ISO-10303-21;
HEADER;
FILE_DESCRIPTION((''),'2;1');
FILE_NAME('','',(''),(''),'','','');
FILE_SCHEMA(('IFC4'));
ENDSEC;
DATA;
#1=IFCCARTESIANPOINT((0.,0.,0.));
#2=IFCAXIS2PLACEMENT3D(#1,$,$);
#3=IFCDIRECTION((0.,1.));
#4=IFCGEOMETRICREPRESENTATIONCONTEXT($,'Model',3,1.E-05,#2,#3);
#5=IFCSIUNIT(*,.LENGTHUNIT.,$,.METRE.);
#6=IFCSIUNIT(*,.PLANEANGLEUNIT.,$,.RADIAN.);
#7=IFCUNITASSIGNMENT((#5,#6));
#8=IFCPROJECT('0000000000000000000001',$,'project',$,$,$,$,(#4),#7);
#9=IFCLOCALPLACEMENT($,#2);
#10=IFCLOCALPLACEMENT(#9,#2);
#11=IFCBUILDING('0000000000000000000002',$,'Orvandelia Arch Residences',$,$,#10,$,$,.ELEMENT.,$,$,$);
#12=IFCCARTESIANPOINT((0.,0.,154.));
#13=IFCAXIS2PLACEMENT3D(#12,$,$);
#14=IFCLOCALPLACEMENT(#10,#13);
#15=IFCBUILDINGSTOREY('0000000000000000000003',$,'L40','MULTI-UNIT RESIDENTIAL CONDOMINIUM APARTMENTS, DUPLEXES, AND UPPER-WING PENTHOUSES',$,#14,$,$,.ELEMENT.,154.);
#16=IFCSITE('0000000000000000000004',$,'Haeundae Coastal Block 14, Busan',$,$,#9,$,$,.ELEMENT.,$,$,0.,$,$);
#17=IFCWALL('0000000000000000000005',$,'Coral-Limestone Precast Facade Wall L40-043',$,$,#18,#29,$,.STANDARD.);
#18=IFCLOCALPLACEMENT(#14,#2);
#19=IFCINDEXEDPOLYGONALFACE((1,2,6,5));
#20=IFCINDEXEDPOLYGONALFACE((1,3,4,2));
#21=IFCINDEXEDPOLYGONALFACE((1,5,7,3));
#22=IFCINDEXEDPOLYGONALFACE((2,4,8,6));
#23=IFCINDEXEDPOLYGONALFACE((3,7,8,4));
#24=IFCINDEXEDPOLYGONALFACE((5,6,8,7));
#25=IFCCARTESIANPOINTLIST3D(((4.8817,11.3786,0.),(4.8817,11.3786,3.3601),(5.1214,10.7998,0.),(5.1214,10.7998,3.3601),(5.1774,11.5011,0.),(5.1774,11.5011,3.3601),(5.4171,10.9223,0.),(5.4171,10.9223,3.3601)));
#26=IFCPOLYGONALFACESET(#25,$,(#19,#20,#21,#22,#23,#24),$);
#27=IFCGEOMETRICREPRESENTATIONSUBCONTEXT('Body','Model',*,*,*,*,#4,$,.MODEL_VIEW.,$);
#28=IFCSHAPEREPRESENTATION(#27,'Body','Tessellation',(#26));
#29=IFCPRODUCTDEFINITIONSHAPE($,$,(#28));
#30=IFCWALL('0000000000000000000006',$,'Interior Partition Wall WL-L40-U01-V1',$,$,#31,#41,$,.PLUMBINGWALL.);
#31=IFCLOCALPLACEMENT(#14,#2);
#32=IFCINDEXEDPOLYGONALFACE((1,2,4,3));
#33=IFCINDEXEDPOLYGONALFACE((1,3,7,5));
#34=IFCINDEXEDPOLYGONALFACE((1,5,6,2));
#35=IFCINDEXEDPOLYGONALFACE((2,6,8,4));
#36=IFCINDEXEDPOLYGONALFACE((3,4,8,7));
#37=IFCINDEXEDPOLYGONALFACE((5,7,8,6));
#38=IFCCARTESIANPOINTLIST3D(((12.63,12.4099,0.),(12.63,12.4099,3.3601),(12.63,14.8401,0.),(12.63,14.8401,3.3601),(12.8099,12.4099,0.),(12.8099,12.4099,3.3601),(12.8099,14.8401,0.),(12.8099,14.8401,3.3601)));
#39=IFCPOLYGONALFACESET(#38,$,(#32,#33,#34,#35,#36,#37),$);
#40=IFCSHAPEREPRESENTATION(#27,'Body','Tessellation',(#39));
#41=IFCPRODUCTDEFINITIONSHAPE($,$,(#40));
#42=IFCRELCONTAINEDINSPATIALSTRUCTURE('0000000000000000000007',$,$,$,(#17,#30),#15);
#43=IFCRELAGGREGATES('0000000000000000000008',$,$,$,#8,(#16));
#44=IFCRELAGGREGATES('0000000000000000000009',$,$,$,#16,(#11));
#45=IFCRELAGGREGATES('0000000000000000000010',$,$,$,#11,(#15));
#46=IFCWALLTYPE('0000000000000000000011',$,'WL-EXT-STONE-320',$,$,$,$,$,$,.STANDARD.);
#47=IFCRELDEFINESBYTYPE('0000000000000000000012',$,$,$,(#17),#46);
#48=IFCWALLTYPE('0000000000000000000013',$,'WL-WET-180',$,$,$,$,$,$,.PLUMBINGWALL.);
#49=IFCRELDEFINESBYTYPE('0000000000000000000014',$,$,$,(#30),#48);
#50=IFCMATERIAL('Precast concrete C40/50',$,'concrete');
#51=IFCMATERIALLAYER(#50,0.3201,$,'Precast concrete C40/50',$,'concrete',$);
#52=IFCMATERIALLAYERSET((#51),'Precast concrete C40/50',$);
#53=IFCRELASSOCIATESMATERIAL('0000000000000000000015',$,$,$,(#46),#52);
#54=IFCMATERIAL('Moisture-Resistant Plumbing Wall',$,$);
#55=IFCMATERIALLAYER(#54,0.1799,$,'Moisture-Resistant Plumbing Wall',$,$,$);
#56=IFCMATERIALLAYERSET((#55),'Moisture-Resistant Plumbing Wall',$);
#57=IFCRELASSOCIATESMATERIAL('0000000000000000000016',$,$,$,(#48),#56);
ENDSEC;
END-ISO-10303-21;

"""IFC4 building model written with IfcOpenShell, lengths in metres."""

from ifc_helpers import new_model, si_unit, direction, frame, frame_2d, origin, place, context, subcontext, project, spatial, rectangle, extrude, material, layer, layer_set, type_object, element, save


model = new_model("IFC4")

# Units and contexts
model_context = context("Model", 3, precision=1e-05, world=origin(), true_north=direction((0.0, 1.0)))
body_context = subcontext(model_context, "Body", "Model", "MODEL_VIEW")
ifc_project = project(units=[si_unit("LENGTHUNIT", "METRE"), si_unit("PLANEANGLEUNIT", "RADIAN")], contexts=[model_context])

# Site, building, storey
site_placement = place(None, origin())
site = spatial("IfcSite", under=ifc_project, at=site_placement, Name="Haeundae Coastal Block 14, Busan", CompositionType="ELEMENT", RefElevation=0.0)
building_placement = place(site_placement, origin())
building = spatial("IfcBuilding", under=site, at=building_placement, Name="Orvandelia Arch Residences", CompositionType="ELEMENT")
storey_placement = place(building_placement, frame((0.0, 0.0, 154.0)))
storey = spatial("IfcBuildingStorey", under=building, at=storey_placement, Name="L40", Description="MULTI-UNIT RESIDENTIAL CONDOMINIUM APARTMENTS, DUPLEXES, AND UPPER-WING PENTHOUSES", CompositionType="ELEMENT", Elevation=154.0)

# Walls
ifc_material_1 = material(Name="Precast concrete C40/50", Category="concrete")
ifc_layer_1 = layer(ifc_material_1, 0.3201, Name="Precast concrete C40/50", Category="concrete")
ifc_layer_set_1 = layer_set([ifc_layer_1], Name="Precast concrete C40/50")
wall_type_1 = type_object("IfcWallType", Name="WL-EXT-STONE-320", PredefinedType="STANDARD", material=ifc_layer_set_1)
wall_1_placement = place(storey_placement, frame((5.2693, 10.8611, 0.0), z_axis=(0.0, 0.0, 1.0), x_axis=(-0.38265, 0.923893, 0.0)))
element("IfcWall", 1, at=wall_1_placement, inside=storey, type_object=wall_type_1, Name="Coral-Limestone Precast Facade Wall L40-043", PredefinedType="STANDARD", context=body_context, shape_type="SweptSolid", body=[
    extrude(rectangle(XDim=0.6265, YDim=0.3201, at=frame_2d((0.3132, 0.0))), origin(), (0.0, 0.0, 1.0), 3.3601),
])
ifc_material_2 = material(Name="Moisture-Resistant Plumbing Wall")
ifc_layer_2 = layer(ifc_material_2, 0.1799, Name="Moisture-Resistant Plumbing Wall")
ifc_layer_set_2 = layer_set([ifc_layer_2], Name="Moisture-Resistant Plumbing Wall")
wall_type_2 = type_object("IfcWallType", Name="WL-WET-180", PredefinedType="PLUMBINGWALL", material=ifc_layer_set_2)
wall_2_placement = place(storey_placement, frame((12.72, 12.4099, 0.0), z_axis=(0.0, 0.0, 1.0), x_axis=(0.0, 1.0, 0.0)))
element("IfcWall", 2, at=wall_2_placement, inside=storey, type_object=wall_type_2, Name="Interior Partition Wall WL-L40-U01-V1", PredefinedType="PLUMBINGWALL", context=body_context, shape_type="SweptSolid", body=[
    extrude(rectangle(XDim=2.4302, YDim=0.1799, at=frame_2d((1.2151, 0.0))), origin(), (0.0, 0.0, 1.0), 3.3601),
])

save(model, "model.ifc")
